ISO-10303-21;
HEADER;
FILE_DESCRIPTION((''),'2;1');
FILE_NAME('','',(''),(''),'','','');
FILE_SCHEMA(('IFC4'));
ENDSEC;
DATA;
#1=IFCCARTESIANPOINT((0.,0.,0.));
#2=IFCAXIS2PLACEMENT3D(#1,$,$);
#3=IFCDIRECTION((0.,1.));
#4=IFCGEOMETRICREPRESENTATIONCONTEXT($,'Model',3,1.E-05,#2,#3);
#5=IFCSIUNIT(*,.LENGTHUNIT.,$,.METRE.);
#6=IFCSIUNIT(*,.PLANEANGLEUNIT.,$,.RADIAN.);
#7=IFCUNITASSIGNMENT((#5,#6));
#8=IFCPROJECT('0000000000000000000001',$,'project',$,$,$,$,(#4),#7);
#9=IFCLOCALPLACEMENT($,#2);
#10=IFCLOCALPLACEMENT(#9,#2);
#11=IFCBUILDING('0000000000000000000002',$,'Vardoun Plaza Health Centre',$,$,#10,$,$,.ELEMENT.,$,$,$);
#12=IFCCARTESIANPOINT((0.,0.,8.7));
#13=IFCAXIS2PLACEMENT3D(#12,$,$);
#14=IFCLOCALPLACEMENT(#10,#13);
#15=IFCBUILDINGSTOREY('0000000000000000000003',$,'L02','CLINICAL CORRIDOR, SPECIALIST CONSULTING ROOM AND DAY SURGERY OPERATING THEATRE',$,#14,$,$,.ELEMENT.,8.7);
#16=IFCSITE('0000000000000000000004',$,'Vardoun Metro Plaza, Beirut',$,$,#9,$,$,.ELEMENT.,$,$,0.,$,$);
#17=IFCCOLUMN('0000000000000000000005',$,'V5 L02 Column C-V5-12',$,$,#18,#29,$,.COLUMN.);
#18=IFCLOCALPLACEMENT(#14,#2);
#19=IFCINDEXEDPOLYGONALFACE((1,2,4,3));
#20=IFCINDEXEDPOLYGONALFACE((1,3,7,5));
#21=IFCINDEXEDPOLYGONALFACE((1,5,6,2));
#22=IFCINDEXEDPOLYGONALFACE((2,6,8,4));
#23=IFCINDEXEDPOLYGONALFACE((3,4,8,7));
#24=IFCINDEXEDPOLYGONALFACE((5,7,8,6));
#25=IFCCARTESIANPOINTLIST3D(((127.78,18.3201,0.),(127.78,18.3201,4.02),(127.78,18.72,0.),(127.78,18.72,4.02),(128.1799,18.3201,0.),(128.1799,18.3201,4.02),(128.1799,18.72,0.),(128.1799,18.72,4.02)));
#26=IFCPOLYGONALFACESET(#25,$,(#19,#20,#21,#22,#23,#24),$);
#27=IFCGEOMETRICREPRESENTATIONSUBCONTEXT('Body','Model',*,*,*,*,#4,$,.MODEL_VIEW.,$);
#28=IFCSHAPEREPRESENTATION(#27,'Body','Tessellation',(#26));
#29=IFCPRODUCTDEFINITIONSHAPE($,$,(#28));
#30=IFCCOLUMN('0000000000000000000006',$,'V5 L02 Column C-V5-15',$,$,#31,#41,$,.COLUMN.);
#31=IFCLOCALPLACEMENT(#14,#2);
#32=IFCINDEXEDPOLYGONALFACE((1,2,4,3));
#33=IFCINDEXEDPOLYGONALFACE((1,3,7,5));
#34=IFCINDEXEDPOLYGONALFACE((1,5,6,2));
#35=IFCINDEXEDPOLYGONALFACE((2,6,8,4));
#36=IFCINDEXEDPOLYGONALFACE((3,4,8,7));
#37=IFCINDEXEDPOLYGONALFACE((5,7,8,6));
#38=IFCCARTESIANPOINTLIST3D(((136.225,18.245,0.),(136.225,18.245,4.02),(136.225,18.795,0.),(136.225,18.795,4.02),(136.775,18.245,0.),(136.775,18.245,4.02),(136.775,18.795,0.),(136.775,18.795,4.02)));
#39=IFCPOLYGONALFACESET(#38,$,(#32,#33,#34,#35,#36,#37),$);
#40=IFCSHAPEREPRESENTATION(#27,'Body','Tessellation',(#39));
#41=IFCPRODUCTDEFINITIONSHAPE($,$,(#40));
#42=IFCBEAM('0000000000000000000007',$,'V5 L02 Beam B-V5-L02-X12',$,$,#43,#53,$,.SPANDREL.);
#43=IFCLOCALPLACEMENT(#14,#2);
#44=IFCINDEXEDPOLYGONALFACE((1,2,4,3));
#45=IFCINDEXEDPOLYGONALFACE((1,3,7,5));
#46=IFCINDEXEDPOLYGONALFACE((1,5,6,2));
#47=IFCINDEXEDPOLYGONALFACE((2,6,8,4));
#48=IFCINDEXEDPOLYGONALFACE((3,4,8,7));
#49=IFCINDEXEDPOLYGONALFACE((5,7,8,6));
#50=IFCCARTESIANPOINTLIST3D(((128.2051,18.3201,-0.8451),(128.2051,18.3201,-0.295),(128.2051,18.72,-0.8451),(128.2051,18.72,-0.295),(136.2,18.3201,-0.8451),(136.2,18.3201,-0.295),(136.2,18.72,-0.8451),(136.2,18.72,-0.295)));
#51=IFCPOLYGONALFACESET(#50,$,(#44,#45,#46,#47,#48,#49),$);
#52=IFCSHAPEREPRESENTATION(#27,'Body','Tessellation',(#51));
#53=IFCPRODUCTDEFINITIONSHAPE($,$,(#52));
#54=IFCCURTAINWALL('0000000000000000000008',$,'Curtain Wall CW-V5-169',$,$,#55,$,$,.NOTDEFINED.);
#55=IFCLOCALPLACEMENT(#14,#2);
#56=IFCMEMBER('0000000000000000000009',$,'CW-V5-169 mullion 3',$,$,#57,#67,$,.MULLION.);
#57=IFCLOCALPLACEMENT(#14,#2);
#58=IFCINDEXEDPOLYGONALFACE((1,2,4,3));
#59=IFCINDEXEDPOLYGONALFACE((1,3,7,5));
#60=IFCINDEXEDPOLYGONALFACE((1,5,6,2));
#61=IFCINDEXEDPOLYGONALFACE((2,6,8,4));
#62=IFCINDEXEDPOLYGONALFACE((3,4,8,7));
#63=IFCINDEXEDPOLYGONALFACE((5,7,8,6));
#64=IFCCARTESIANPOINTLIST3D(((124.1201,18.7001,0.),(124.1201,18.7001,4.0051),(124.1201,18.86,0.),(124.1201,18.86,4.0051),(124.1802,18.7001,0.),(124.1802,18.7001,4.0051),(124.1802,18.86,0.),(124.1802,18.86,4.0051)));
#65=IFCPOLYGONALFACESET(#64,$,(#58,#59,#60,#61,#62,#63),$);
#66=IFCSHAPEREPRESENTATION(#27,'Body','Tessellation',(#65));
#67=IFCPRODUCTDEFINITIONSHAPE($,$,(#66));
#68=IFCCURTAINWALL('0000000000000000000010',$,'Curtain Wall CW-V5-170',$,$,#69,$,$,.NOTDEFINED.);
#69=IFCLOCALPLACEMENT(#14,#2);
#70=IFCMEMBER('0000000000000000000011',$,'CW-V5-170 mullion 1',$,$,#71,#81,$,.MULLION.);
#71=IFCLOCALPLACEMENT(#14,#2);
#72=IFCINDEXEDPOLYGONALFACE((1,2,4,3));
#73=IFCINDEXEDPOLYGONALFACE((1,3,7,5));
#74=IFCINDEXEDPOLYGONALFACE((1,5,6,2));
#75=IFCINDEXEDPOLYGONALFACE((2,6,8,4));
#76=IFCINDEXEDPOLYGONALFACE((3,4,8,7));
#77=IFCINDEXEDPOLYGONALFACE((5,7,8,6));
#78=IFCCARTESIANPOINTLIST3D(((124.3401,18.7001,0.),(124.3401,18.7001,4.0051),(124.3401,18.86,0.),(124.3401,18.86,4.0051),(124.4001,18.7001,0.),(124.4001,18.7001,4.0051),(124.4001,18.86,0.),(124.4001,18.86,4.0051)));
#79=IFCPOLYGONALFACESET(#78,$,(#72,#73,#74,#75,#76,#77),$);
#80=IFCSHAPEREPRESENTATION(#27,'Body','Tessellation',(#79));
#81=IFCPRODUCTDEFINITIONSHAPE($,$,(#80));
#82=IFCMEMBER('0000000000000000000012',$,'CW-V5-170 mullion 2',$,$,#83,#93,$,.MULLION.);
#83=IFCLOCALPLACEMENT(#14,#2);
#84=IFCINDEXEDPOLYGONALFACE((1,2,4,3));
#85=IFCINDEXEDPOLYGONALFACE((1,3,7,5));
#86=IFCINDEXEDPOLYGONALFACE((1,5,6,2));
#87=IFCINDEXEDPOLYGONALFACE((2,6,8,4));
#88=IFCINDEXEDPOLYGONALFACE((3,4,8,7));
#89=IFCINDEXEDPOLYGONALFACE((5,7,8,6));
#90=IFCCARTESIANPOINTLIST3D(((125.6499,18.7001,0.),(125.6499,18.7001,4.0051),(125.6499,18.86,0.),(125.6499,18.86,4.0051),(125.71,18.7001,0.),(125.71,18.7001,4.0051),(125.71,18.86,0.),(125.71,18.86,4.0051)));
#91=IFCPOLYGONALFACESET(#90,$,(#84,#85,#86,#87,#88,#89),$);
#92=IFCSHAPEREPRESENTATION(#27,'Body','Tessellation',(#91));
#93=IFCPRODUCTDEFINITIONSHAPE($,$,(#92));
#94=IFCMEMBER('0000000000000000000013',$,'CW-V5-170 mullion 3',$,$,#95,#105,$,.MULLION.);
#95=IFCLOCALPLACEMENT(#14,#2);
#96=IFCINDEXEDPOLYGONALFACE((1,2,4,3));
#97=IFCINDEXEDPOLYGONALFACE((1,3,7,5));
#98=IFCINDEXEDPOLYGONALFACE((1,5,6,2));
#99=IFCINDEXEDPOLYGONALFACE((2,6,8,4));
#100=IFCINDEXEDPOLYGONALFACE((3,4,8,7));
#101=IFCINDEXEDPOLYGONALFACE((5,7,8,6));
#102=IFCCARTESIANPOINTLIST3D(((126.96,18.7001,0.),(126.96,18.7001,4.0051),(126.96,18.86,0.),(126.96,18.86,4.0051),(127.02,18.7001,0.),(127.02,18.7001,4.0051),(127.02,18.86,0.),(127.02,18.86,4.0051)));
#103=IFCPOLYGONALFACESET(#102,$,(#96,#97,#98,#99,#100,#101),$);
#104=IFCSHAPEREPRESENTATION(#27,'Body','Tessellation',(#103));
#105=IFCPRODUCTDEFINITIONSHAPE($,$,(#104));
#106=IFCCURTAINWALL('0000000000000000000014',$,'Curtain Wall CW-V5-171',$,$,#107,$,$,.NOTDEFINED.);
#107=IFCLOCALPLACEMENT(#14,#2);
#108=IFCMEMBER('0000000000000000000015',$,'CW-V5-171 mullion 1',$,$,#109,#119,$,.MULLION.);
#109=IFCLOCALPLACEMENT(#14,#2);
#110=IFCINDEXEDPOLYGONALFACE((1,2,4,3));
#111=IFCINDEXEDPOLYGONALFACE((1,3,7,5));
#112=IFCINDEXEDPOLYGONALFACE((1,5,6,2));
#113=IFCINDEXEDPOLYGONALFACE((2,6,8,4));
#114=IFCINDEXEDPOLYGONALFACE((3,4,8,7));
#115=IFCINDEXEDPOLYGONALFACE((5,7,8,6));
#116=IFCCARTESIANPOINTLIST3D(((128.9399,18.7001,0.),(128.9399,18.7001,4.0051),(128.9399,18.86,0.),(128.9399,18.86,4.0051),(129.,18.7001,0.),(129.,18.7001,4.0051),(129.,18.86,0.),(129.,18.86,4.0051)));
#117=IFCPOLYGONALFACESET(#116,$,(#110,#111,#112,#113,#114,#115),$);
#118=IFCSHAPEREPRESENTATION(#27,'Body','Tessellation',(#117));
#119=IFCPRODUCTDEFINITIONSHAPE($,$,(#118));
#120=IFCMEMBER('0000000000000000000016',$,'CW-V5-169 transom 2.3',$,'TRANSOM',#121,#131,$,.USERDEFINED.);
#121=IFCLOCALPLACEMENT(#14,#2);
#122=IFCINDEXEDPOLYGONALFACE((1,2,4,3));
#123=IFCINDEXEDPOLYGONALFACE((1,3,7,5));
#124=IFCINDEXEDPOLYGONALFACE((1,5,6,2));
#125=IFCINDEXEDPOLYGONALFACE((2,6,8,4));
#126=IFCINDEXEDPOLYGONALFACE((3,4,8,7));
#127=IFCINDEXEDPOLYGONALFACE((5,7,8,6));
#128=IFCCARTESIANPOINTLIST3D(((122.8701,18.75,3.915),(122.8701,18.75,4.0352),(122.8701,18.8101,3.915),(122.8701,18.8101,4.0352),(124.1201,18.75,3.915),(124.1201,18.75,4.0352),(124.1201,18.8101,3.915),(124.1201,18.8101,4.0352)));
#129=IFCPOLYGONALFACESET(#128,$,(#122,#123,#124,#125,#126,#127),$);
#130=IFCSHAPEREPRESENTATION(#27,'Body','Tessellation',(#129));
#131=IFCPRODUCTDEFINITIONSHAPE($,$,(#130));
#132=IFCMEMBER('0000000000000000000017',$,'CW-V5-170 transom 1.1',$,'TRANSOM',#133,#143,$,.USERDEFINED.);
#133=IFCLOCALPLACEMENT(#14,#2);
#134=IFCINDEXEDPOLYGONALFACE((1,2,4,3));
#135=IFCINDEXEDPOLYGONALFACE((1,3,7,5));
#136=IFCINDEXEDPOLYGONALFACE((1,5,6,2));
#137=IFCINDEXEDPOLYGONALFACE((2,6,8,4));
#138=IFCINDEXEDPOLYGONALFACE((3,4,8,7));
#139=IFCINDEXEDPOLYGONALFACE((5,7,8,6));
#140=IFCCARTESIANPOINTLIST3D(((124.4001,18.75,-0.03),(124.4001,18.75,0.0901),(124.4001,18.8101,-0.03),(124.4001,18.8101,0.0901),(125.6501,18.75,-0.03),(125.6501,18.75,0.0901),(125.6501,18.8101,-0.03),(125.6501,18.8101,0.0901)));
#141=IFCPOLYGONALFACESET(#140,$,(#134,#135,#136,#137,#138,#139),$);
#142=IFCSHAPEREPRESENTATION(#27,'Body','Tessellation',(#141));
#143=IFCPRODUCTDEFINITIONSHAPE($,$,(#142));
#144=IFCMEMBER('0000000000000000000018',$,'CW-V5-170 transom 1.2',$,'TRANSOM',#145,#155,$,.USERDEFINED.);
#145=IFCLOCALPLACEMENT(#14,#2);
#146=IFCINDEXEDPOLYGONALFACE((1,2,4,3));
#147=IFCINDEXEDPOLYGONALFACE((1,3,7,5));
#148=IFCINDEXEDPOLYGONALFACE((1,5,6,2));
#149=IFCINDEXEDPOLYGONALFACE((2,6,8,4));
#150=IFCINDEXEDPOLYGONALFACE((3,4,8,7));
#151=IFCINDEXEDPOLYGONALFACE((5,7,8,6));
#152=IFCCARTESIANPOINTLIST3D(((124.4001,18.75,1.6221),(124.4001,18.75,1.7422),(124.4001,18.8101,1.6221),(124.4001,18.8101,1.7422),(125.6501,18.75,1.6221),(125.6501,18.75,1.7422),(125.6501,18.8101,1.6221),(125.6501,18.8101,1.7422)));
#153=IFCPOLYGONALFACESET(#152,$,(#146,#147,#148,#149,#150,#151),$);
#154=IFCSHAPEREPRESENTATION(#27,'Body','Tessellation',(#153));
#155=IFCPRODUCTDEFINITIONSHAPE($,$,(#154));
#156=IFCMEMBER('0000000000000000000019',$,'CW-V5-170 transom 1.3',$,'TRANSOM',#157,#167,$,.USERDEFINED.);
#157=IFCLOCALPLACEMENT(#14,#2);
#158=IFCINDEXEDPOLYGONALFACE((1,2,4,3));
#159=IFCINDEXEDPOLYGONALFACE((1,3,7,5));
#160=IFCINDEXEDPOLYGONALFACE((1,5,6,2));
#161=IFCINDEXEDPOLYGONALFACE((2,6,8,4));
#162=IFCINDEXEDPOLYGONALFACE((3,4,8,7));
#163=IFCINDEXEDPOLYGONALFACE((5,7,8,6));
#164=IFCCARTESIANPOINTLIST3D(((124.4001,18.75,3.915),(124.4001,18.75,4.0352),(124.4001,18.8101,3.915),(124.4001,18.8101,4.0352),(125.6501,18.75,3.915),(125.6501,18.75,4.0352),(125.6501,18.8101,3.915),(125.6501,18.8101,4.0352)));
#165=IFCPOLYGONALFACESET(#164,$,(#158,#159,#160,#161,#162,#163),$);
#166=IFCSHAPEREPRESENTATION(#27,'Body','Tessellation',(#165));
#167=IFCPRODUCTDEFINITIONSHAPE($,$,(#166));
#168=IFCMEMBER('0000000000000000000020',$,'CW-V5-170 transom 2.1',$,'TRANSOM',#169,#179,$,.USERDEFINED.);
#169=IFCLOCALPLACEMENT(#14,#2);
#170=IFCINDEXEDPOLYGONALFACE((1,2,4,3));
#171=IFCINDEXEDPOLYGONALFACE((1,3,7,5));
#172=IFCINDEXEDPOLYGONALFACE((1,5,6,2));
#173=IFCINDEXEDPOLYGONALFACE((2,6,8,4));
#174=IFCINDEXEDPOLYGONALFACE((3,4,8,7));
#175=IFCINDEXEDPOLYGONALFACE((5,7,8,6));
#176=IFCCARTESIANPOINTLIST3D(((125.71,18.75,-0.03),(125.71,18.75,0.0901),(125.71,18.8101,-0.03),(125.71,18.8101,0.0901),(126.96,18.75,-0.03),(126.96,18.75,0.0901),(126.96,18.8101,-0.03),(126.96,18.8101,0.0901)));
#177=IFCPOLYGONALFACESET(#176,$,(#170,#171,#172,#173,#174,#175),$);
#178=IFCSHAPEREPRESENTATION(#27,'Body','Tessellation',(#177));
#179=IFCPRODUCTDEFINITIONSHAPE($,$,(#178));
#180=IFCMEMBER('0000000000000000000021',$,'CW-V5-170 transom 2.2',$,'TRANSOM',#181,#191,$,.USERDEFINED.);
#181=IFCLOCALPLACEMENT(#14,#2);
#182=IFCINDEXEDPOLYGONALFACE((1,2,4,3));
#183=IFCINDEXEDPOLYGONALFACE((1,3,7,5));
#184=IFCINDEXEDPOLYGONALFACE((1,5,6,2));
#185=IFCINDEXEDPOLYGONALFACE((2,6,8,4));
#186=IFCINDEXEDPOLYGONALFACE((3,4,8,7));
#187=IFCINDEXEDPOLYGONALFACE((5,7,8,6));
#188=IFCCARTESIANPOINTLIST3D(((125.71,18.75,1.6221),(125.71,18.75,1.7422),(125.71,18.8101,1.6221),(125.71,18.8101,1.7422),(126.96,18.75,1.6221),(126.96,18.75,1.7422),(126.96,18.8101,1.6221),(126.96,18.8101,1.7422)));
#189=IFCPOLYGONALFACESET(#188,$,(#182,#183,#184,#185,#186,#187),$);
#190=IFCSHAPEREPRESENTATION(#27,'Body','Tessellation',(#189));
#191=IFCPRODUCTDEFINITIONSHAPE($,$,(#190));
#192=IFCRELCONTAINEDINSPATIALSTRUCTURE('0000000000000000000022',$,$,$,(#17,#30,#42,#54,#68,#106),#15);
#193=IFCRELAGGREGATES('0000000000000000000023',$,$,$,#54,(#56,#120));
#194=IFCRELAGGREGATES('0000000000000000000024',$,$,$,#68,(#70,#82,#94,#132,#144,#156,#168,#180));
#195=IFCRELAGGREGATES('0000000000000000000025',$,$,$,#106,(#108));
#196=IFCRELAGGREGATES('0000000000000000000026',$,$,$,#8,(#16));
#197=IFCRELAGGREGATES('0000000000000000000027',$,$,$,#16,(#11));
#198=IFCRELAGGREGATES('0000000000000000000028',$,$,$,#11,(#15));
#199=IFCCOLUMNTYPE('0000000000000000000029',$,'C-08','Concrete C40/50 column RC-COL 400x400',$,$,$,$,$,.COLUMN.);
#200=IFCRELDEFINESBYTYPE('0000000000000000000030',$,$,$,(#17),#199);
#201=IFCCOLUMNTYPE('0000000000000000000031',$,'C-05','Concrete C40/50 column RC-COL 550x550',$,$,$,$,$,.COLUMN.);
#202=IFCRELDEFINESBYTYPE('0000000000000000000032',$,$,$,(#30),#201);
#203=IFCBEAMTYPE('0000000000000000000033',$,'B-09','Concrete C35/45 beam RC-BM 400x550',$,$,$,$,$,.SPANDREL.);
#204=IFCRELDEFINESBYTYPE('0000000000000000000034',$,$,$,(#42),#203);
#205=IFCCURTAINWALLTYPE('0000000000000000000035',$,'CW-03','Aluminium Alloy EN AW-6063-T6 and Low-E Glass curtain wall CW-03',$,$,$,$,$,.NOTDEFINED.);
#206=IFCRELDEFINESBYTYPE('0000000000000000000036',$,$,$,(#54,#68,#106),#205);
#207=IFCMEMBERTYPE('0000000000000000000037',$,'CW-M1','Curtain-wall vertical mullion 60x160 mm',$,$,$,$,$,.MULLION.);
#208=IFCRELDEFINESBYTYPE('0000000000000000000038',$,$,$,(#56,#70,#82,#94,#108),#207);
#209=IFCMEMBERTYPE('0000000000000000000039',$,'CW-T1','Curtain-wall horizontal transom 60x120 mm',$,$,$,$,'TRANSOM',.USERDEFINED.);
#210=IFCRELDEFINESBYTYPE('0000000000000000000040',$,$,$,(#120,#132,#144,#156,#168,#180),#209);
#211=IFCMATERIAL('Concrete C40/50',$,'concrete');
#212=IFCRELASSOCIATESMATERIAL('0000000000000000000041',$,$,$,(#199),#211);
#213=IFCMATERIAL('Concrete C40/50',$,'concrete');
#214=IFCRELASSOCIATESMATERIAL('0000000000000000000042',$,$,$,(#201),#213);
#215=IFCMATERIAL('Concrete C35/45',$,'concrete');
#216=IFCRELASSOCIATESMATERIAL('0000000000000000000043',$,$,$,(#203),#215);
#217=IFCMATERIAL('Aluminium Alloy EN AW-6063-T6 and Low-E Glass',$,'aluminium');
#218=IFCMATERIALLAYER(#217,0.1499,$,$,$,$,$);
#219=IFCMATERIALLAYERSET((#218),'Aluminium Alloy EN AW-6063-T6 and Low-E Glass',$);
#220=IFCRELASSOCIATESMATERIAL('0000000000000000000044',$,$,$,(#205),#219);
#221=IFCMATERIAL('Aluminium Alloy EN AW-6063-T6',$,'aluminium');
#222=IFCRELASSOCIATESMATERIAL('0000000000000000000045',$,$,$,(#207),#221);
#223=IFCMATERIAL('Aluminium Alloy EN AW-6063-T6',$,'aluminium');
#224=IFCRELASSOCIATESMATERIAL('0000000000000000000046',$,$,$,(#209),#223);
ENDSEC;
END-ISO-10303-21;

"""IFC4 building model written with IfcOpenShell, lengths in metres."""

from ifc_helpers import new_model, si_unit, direction, frame, origin, origin_2d, place, context, subcontext, project, spatial, rectangle, extrude, material, layer, layer_set, material_profile, profile_set, type_object, element, aggregate, save


model = new_model("IFC4")

# Units and contexts
model_context = context("Model", 3, precision=1e-05, world=origin(), true_north=direction((0.0, 1.0)))
body_context = subcontext(model_context, "Body", "Model", "MODEL_VIEW")
ifc_project = project(units=[si_unit("LENGTHUNIT", "METRE"), si_unit("PLANEANGLEUNIT", "RADIAN")], contexts=[model_context])

# Site, building, storey
site_placement = place(None, origin())
site = spatial("IfcSite", under=ifc_project, at=site_placement, Name="Vardoun Metro Plaza, Beirut", CompositionType="ELEMENT", RefElevation=0.0)
building_placement = place(site_placement, origin())
building = spatial("IfcBuilding", under=site, at=building_placement, Name="Vardoun Plaza Health Centre", CompositionType="ELEMENT")
storey_placement = place(building_placement, frame((0.0, 0.0, 8.7)))
storey = spatial("IfcBuildingStorey", under=building, at=storey_placement, Name="L02", Description="CLINICAL CORRIDOR, SPECIALIST CONSULTING ROOM AND DAY SURGERY OPERATING THEATRE", CompositionType="ELEMENT", Elevation=8.7)

# Columns
ifc_material_1 = material(Name="Concrete C40/50", Category="concrete")
ifc_material_profile_1 = material_profile(ifc_material_1, rectangle(XDim=0.3999, YDim=0.3999, at=origin_2d()), Name="RC-COL 400x400")
ifc_profile_set_1 = profile_set([ifc_material_profile_1], Name="Concrete C40/50")
column_type_1 = type_object("IfcColumnType", Name="C-08", Description="Concrete C40/50 column RC-COL 400x400", PredefinedType="COLUMN", material=ifc_profile_set_1)
column_1_placement = place(storey_placement, frame((127.98, 18.52, 0.0), z_axis=(0.0, 0.0, 1.0), x_axis=(1.0, 0.0, 0.0)))
element("IfcColumn", 1, at=column_1_placement, inside=storey, type_object=column_type_1, Name="V5 L02 Column C-V5-12", PredefinedType="COLUMN", context=body_context, shape_type="SweptSolid", body=[
    extrude(rectangle(XDim=0.3999, YDim=0.3999, at=origin_2d()), origin(), (0.0, 0.0, 1.0), 4.02),
])
ifc_material_2 = material(Name="Concrete C40/50", Category="concrete")
ifc_material_profile_2 = material_profile(ifc_material_2, rectangle(XDim=0.55, YDim=0.55, at=origin_2d()), Name="RC-COL 550x550")
ifc_profile_set_2 = profile_set([ifc_material_profile_2], Name="Concrete C40/50")
column_type_2 = type_object("IfcColumnType", Name="C-05", Description="Concrete C40/50 column RC-COL 550x550", PredefinedType="COLUMN", material=ifc_profile_set_2)
column_2_placement = place(storey_placement, frame((136.5, 18.52, 0.0), z_axis=(0.0, 0.0, 1.0), x_axis=(1.0, 0.0, 0.0)))
element("IfcColumn", 2, at=column_2_placement, inside=storey, type_object=column_type_2, Name="V5 L02 Column C-V5-15", PredefinedType="COLUMN", context=body_context, shape_type="SweptSolid", body=[
    extrude(rectangle(XDim=0.55, YDim=0.55, at=origin_2d()), origin(), (0.0, 0.0, 1.0), 4.02),
])

# Beam
ifc_material_3 = material(Name="Concrete C35/45", Category="concrete")
ifc_material_profile_3 = material_profile(ifc_material_3, rectangle(XDim=0.3999, YDim=0.55, at=origin_2d()), Name="RC-BM 400x550")
ifc_profile_set_3 = profile_set([ifc_material_profile_3], Name="Concrete C35/45")
beam_type = type_object("IfcBeamType", Name="B-09", Description="Concrete C35/45 beam RC-BM 400x550", PredefinedType="SPANDREL", material=ifc_profile_set_3)
beam_placement = place(storey_placement, frame((128.2051, 18.52, -0.5701), z_axis=(1.0, 0.0, 0.0), x_axis=(0.0, 1.0, 0.0)))
element("IfcBeam", 3, at=beam_placement, inside=storey, type_object=beam_type, Name="V5 L02 Beam B-V5-L02-X12", PredefinedType="SPANDREL", context=body_context, shape_type="SweptSolid", body=[
    extrude(rectangle(XDim=0.3999, YDim=0.55, at=origin_2d()), origin(), (0.0, 0.0, 1.0), 7.9949),
])

# Curtain wall, member
ifc_material_4 = material(Name="Aluminium Alloy EN AW-6063-T6 and Low-E Glass", Category="aluminium")
ifc_layer_1 = layer(ifc_material_4, 0.1499)
ifc_layer_set_1 = layer_set([ifc_layer_1], Name="Aluminium Alloy EN AW-6063-T6 and Low-E Glass")
curtain_wall_type = type_object("IfcCurtainWallType", Name="CW-03", Description="Aluminium Alloy EN AW-6063-T6 and Low-E Glass curtain wall CW-03", PredefinedType="NOTDEFINED", material=ifc_layer_set_1)
curtain_wall_1_placement = place(storey_placement, origin())
curtain_wall_1 = element("IfcCurtainWall", 4, at=curtain_wall_1_placement, inside=storey, type_object=curtain_wall_type, Name="Curtain Wall CW-V5-169", PredefinedType="NOTDEFINED")
ifc_material_5 = material(Name="Aluminium Alloy EN AW-6063-T6", Category="aluminium")
ifc_material_profile_4 = material_profile(ifc_material_5, rectangle(XDim=0.1599, YDim=0.0601, at=origin_2d()), Name="CWM 60x160")
ifc_profile_set_4 = profile_set([ifc_material_profile_4], Name="Aluminium Alloy EN AW-6063-T6")
member_type_1 = type_object("IfcMemberType", Name="CW-M1", Description="Curtain-wall vertical mullion 60x160 mm", PredefinedType="MULLION", material=ifc_profile_set_4)
member_1_placement = place(storey_placement, frame((124.1501, 18.78, 0.0), z_axis=(0.0, 0.0, 1.0), x_axis=(0.0, 1.0, 0.0)))
member_1 = element("IfcMember", 5, at=member_1_placement, type_object=member_type_1, Name="CW-V5-169 mullion 3", PredefinedType="MULLION", context=body_context, shape_type="SweptSolid", body=[
    extrude(rectangle(XDim=0.1599, YDim=0.0601, at=origin_2d()), origin(), (0.0, 0.0, 1.0), 4.0051),
])

# Curtain wall, members
curtain_wall_2_placement = place(storey_placement, origin())
curtain_wall_2 = element("IfcCurtainWall", 6, at=curtain_wall_2_placement, inside=storey, type_object=curtain_wall_type, Name="Curtain Wall CW-V5-170", PredefinedType="NOTDEFINED")
member_2_placement = place(storey_placement, frame((124.3701, 18.78, 0.0), z_axis=(0.0, 0.0, 1.0), x_axis=(0.0, 1.0, 0.0)))
member_2 = element("IfcMember", 7, at=member_2_placement, type_object=member_type_1, Name="CW-V5-170 mullion 1", PredefinedType="MULLION", context=body_context, shape_type="SweptSolid", body=[
    extrude(rectangle(XDim=0.1599, YDim=0.0601, at=origin_2d()), origin(), (0.0, 0.0, 1.0), 4.0051),
])
member_3_placement = place(storey_placement, frame((125.6799, 18.78, 0.0), z_axis=(0.0, 0.0, 1.0), x_axis=(0.0, 1.0, 0.0)))
member_3 = element("IfcMember", 8, at=member_3_placement, type_object=member_type_1, Name="CW-V5-170 mullion 2", PredefinedType="MULLION", context=body_context, shape_type="SweptSolid", body=[
    extrude(rectangle(XDim=0.1599, YDim=0.0601, at=origin_2d()), origin(), (0.0, 0.0, 1.0), 4.0051),
])
member_4_placement = place(storey_placement, frame((126.99, 18.78, 0.0), z_axis=(0.0, 0.0, 1.0), x_axis=(0.0, 1.0, 0.0)))
member_4 = element("IfcMember", 9, at=member_4_placement, type_object=member_type_1, Name="CW-V5-170 mullion 3", PredefinedType="MULLION", context=body_context, shape_type="SweptSolid", body=[
    extrude(rectangle(XDim=0.1599, YDim=0.0601, at=origin_2d()), origin(), (0.0, 0.0, 1.0), 4.0051),
])

# Curtain wall, member
curtain_wall_3_placement = place(storey_placement, origin())
curtain_wall_3 = element("IfcCurtainWall", 10, at=curtain_wall_3_placement, inside=storey, type_object=curtain_wall_type, Name="Curtain Wall CW-V5-171", PredefinedType="NOTDEFINED")
member_5_placement = place(storey_placement, frame((128.97, 18.78, 0.0), z_axis=(0.0, 0.0, 1.0), x_axis=(0.0, 1.0, 0.0)))
member_5 = element("IfcMember", 11, at=member_5_placement, type_object=member_type_1, Name="CW-V5-171 mullion 1", PredefinedType="MULLION", context=body_context, shape_type="SweptSolid", body=[
    extrude(rectangle(XDim=0.1599, YDim=0.0601, at=origin_2d()), origin(), (0.0, 0.0, 1.0), 4.0051),
])

# Members
ifc_material_6 = material(Name="Aluminium Alloy EN AW-6063-T6", Category="aluminium")
ifc_material_profile_5 = material_profile(ifc_material_6, rectangle(XDim=0.0601, YDim=0.1201, at=origin_2d()), Name="CWT 60x120")
ifc_profile_set_5 = profile_set([ifc_material_profile_5], Name="Aluminium Alloy EN AW-6063-T6")
member_type_2 = type_object("IfcMemberType", Name="CW-T1", Description="Curtain-wall horizontal transom 60x120 mm", ElementType="TRANSOM", PredefinedType="USERDEFINED", material=ifc_profile_set_5)
member_6_placement = place(storey_placement, frame((122.8701, 18.78, 3.9751), z_axis=(1.0, 0.0, 0.0), x_axis=(0.0, 1.0, 0.0)))
member_6 = element("IfcMember", 12, at=member_6_placement, type_object=member_type_2, Name="CW-V5-169 transom 2.3", ObjectType="TRANSOM", PredefinedType="USERDEFINED", context=body_context, shape_type="SweptSolid", body=[
    extrude(rectangle(XDim=0.0601, YDim=0.1201, at=origin_2d()), origin(), (0.0, 0.0, 1.0), 1.25),
])
member_7_placement = place(storey_placement, frame((124.4001, 18.78, 0.03), z_axis=(1.0, 0.0, 0.0), x_axis=(0.0, 1.0, 0.0)))
member_7 = element("IfcMember", 13, at=member_7_placement, type_object=member_type_2, Name="CW-V5-170 transom 1.1", ObjectType="TRANSOM", PredefinedType="USERDEFINED", context=body_context, shape_type="SweptSolid", body=[
    extrude(rectangle(XDim=0.0601, YDim=0.1201, at=origin_2d()), origin(), (0.0, 0.0, 1.0), 1.25),
])
member_8_placement = place(storey_placement, frame((124.4001, 18.78, 1.6821), z_axis=(1.0, 0.0, 0.0), x_axis=(0.0, 1.0, 0.0)))
member_8 = element("IfcMember", 14, at=member_8_placement, type_object=member_type_2, Name="CW-V5-170 transom 1.2", ObjectType="TRANSOM", PredefinedType="USERDEFINED", context=body_context, shape_type="SweptSolid", body=[
    extrude(rectangle(XDim=0.0601, YDim=0.1201, at=origin_2d()), origin(), (0.0, 0.0, 1.0), 1.25),
])
member_9_placement = place(storey_placement, frame((124.4001, 18.78, 3.9751), z_axis=(1.0, 0.0, 0.0), x_axis=(0.0, 1.0, 0.0)))
member_9 = element("IfcMember", 15, at=member_9_placement, type_object=member_type_2, Name="CW-V5-170 transom 1.3", ObjectType="TRANSOM", PredefinedType="USERDEFINED", context=body_context, shape_type="SweptSolid", body=[
    extrude(rectangle(XDim=0.0601, YDim=0.1201, at=origin_2d()), origin(), (0.0, 0.0, 1.0), 1.25),
])
member_10_placement = place(storey_placement, frame((125.71, 18.78, 0.03), z_axis=(1.0, 0.0, 0.0), x_axis=(0.0, 1.0, 0.0)))
member_10 = element("IfcMember", 16, at=member_10_placement, type_object=member_type_2, Name="CW-V5-170 transom 2.1", ObjectType="TRANSOM", PredefinedType="USERDEFINED", context=body_context, shape_type="SweptSolid", body=[
    extrude(rectangle(XDim=0.0601, YDim=0.1201, at=origin_2d()), origin(), (0.0, 0.0, 1.0), 1.25),
])
member_11_placement = place(storey_placement, frame((125.71, 18.78, 1.6821), z_axis=(1.0, 0.0, 0.0), x_axis=(0.0, 1.0, 0.0)))
member_11 = element("IfcMember", 17, at=member_11_placement, type_object=member_type_2, Name="CW-V5-170 transom 2.2", ObjectType="TRANSOM", PredefinedType="USERDEFINED", context=body_context, shape_type="SweptSolid", body=[
    extrude(rectangle(XDim=0.0601, YDim=0.1201, at=origin_2d()), origin(), (0.0, 0.0, 1.0), 1.25),
])

aggregate(curtain_wall_1, [member_1, member_6])
aggregate(curtain_wall_2, [member_2, member_3, member_4, member_7, member_8, member_9, member_10, member_11])
aggregate(curtain_wall_3, [member_5])

save(model, "model.ifc")
